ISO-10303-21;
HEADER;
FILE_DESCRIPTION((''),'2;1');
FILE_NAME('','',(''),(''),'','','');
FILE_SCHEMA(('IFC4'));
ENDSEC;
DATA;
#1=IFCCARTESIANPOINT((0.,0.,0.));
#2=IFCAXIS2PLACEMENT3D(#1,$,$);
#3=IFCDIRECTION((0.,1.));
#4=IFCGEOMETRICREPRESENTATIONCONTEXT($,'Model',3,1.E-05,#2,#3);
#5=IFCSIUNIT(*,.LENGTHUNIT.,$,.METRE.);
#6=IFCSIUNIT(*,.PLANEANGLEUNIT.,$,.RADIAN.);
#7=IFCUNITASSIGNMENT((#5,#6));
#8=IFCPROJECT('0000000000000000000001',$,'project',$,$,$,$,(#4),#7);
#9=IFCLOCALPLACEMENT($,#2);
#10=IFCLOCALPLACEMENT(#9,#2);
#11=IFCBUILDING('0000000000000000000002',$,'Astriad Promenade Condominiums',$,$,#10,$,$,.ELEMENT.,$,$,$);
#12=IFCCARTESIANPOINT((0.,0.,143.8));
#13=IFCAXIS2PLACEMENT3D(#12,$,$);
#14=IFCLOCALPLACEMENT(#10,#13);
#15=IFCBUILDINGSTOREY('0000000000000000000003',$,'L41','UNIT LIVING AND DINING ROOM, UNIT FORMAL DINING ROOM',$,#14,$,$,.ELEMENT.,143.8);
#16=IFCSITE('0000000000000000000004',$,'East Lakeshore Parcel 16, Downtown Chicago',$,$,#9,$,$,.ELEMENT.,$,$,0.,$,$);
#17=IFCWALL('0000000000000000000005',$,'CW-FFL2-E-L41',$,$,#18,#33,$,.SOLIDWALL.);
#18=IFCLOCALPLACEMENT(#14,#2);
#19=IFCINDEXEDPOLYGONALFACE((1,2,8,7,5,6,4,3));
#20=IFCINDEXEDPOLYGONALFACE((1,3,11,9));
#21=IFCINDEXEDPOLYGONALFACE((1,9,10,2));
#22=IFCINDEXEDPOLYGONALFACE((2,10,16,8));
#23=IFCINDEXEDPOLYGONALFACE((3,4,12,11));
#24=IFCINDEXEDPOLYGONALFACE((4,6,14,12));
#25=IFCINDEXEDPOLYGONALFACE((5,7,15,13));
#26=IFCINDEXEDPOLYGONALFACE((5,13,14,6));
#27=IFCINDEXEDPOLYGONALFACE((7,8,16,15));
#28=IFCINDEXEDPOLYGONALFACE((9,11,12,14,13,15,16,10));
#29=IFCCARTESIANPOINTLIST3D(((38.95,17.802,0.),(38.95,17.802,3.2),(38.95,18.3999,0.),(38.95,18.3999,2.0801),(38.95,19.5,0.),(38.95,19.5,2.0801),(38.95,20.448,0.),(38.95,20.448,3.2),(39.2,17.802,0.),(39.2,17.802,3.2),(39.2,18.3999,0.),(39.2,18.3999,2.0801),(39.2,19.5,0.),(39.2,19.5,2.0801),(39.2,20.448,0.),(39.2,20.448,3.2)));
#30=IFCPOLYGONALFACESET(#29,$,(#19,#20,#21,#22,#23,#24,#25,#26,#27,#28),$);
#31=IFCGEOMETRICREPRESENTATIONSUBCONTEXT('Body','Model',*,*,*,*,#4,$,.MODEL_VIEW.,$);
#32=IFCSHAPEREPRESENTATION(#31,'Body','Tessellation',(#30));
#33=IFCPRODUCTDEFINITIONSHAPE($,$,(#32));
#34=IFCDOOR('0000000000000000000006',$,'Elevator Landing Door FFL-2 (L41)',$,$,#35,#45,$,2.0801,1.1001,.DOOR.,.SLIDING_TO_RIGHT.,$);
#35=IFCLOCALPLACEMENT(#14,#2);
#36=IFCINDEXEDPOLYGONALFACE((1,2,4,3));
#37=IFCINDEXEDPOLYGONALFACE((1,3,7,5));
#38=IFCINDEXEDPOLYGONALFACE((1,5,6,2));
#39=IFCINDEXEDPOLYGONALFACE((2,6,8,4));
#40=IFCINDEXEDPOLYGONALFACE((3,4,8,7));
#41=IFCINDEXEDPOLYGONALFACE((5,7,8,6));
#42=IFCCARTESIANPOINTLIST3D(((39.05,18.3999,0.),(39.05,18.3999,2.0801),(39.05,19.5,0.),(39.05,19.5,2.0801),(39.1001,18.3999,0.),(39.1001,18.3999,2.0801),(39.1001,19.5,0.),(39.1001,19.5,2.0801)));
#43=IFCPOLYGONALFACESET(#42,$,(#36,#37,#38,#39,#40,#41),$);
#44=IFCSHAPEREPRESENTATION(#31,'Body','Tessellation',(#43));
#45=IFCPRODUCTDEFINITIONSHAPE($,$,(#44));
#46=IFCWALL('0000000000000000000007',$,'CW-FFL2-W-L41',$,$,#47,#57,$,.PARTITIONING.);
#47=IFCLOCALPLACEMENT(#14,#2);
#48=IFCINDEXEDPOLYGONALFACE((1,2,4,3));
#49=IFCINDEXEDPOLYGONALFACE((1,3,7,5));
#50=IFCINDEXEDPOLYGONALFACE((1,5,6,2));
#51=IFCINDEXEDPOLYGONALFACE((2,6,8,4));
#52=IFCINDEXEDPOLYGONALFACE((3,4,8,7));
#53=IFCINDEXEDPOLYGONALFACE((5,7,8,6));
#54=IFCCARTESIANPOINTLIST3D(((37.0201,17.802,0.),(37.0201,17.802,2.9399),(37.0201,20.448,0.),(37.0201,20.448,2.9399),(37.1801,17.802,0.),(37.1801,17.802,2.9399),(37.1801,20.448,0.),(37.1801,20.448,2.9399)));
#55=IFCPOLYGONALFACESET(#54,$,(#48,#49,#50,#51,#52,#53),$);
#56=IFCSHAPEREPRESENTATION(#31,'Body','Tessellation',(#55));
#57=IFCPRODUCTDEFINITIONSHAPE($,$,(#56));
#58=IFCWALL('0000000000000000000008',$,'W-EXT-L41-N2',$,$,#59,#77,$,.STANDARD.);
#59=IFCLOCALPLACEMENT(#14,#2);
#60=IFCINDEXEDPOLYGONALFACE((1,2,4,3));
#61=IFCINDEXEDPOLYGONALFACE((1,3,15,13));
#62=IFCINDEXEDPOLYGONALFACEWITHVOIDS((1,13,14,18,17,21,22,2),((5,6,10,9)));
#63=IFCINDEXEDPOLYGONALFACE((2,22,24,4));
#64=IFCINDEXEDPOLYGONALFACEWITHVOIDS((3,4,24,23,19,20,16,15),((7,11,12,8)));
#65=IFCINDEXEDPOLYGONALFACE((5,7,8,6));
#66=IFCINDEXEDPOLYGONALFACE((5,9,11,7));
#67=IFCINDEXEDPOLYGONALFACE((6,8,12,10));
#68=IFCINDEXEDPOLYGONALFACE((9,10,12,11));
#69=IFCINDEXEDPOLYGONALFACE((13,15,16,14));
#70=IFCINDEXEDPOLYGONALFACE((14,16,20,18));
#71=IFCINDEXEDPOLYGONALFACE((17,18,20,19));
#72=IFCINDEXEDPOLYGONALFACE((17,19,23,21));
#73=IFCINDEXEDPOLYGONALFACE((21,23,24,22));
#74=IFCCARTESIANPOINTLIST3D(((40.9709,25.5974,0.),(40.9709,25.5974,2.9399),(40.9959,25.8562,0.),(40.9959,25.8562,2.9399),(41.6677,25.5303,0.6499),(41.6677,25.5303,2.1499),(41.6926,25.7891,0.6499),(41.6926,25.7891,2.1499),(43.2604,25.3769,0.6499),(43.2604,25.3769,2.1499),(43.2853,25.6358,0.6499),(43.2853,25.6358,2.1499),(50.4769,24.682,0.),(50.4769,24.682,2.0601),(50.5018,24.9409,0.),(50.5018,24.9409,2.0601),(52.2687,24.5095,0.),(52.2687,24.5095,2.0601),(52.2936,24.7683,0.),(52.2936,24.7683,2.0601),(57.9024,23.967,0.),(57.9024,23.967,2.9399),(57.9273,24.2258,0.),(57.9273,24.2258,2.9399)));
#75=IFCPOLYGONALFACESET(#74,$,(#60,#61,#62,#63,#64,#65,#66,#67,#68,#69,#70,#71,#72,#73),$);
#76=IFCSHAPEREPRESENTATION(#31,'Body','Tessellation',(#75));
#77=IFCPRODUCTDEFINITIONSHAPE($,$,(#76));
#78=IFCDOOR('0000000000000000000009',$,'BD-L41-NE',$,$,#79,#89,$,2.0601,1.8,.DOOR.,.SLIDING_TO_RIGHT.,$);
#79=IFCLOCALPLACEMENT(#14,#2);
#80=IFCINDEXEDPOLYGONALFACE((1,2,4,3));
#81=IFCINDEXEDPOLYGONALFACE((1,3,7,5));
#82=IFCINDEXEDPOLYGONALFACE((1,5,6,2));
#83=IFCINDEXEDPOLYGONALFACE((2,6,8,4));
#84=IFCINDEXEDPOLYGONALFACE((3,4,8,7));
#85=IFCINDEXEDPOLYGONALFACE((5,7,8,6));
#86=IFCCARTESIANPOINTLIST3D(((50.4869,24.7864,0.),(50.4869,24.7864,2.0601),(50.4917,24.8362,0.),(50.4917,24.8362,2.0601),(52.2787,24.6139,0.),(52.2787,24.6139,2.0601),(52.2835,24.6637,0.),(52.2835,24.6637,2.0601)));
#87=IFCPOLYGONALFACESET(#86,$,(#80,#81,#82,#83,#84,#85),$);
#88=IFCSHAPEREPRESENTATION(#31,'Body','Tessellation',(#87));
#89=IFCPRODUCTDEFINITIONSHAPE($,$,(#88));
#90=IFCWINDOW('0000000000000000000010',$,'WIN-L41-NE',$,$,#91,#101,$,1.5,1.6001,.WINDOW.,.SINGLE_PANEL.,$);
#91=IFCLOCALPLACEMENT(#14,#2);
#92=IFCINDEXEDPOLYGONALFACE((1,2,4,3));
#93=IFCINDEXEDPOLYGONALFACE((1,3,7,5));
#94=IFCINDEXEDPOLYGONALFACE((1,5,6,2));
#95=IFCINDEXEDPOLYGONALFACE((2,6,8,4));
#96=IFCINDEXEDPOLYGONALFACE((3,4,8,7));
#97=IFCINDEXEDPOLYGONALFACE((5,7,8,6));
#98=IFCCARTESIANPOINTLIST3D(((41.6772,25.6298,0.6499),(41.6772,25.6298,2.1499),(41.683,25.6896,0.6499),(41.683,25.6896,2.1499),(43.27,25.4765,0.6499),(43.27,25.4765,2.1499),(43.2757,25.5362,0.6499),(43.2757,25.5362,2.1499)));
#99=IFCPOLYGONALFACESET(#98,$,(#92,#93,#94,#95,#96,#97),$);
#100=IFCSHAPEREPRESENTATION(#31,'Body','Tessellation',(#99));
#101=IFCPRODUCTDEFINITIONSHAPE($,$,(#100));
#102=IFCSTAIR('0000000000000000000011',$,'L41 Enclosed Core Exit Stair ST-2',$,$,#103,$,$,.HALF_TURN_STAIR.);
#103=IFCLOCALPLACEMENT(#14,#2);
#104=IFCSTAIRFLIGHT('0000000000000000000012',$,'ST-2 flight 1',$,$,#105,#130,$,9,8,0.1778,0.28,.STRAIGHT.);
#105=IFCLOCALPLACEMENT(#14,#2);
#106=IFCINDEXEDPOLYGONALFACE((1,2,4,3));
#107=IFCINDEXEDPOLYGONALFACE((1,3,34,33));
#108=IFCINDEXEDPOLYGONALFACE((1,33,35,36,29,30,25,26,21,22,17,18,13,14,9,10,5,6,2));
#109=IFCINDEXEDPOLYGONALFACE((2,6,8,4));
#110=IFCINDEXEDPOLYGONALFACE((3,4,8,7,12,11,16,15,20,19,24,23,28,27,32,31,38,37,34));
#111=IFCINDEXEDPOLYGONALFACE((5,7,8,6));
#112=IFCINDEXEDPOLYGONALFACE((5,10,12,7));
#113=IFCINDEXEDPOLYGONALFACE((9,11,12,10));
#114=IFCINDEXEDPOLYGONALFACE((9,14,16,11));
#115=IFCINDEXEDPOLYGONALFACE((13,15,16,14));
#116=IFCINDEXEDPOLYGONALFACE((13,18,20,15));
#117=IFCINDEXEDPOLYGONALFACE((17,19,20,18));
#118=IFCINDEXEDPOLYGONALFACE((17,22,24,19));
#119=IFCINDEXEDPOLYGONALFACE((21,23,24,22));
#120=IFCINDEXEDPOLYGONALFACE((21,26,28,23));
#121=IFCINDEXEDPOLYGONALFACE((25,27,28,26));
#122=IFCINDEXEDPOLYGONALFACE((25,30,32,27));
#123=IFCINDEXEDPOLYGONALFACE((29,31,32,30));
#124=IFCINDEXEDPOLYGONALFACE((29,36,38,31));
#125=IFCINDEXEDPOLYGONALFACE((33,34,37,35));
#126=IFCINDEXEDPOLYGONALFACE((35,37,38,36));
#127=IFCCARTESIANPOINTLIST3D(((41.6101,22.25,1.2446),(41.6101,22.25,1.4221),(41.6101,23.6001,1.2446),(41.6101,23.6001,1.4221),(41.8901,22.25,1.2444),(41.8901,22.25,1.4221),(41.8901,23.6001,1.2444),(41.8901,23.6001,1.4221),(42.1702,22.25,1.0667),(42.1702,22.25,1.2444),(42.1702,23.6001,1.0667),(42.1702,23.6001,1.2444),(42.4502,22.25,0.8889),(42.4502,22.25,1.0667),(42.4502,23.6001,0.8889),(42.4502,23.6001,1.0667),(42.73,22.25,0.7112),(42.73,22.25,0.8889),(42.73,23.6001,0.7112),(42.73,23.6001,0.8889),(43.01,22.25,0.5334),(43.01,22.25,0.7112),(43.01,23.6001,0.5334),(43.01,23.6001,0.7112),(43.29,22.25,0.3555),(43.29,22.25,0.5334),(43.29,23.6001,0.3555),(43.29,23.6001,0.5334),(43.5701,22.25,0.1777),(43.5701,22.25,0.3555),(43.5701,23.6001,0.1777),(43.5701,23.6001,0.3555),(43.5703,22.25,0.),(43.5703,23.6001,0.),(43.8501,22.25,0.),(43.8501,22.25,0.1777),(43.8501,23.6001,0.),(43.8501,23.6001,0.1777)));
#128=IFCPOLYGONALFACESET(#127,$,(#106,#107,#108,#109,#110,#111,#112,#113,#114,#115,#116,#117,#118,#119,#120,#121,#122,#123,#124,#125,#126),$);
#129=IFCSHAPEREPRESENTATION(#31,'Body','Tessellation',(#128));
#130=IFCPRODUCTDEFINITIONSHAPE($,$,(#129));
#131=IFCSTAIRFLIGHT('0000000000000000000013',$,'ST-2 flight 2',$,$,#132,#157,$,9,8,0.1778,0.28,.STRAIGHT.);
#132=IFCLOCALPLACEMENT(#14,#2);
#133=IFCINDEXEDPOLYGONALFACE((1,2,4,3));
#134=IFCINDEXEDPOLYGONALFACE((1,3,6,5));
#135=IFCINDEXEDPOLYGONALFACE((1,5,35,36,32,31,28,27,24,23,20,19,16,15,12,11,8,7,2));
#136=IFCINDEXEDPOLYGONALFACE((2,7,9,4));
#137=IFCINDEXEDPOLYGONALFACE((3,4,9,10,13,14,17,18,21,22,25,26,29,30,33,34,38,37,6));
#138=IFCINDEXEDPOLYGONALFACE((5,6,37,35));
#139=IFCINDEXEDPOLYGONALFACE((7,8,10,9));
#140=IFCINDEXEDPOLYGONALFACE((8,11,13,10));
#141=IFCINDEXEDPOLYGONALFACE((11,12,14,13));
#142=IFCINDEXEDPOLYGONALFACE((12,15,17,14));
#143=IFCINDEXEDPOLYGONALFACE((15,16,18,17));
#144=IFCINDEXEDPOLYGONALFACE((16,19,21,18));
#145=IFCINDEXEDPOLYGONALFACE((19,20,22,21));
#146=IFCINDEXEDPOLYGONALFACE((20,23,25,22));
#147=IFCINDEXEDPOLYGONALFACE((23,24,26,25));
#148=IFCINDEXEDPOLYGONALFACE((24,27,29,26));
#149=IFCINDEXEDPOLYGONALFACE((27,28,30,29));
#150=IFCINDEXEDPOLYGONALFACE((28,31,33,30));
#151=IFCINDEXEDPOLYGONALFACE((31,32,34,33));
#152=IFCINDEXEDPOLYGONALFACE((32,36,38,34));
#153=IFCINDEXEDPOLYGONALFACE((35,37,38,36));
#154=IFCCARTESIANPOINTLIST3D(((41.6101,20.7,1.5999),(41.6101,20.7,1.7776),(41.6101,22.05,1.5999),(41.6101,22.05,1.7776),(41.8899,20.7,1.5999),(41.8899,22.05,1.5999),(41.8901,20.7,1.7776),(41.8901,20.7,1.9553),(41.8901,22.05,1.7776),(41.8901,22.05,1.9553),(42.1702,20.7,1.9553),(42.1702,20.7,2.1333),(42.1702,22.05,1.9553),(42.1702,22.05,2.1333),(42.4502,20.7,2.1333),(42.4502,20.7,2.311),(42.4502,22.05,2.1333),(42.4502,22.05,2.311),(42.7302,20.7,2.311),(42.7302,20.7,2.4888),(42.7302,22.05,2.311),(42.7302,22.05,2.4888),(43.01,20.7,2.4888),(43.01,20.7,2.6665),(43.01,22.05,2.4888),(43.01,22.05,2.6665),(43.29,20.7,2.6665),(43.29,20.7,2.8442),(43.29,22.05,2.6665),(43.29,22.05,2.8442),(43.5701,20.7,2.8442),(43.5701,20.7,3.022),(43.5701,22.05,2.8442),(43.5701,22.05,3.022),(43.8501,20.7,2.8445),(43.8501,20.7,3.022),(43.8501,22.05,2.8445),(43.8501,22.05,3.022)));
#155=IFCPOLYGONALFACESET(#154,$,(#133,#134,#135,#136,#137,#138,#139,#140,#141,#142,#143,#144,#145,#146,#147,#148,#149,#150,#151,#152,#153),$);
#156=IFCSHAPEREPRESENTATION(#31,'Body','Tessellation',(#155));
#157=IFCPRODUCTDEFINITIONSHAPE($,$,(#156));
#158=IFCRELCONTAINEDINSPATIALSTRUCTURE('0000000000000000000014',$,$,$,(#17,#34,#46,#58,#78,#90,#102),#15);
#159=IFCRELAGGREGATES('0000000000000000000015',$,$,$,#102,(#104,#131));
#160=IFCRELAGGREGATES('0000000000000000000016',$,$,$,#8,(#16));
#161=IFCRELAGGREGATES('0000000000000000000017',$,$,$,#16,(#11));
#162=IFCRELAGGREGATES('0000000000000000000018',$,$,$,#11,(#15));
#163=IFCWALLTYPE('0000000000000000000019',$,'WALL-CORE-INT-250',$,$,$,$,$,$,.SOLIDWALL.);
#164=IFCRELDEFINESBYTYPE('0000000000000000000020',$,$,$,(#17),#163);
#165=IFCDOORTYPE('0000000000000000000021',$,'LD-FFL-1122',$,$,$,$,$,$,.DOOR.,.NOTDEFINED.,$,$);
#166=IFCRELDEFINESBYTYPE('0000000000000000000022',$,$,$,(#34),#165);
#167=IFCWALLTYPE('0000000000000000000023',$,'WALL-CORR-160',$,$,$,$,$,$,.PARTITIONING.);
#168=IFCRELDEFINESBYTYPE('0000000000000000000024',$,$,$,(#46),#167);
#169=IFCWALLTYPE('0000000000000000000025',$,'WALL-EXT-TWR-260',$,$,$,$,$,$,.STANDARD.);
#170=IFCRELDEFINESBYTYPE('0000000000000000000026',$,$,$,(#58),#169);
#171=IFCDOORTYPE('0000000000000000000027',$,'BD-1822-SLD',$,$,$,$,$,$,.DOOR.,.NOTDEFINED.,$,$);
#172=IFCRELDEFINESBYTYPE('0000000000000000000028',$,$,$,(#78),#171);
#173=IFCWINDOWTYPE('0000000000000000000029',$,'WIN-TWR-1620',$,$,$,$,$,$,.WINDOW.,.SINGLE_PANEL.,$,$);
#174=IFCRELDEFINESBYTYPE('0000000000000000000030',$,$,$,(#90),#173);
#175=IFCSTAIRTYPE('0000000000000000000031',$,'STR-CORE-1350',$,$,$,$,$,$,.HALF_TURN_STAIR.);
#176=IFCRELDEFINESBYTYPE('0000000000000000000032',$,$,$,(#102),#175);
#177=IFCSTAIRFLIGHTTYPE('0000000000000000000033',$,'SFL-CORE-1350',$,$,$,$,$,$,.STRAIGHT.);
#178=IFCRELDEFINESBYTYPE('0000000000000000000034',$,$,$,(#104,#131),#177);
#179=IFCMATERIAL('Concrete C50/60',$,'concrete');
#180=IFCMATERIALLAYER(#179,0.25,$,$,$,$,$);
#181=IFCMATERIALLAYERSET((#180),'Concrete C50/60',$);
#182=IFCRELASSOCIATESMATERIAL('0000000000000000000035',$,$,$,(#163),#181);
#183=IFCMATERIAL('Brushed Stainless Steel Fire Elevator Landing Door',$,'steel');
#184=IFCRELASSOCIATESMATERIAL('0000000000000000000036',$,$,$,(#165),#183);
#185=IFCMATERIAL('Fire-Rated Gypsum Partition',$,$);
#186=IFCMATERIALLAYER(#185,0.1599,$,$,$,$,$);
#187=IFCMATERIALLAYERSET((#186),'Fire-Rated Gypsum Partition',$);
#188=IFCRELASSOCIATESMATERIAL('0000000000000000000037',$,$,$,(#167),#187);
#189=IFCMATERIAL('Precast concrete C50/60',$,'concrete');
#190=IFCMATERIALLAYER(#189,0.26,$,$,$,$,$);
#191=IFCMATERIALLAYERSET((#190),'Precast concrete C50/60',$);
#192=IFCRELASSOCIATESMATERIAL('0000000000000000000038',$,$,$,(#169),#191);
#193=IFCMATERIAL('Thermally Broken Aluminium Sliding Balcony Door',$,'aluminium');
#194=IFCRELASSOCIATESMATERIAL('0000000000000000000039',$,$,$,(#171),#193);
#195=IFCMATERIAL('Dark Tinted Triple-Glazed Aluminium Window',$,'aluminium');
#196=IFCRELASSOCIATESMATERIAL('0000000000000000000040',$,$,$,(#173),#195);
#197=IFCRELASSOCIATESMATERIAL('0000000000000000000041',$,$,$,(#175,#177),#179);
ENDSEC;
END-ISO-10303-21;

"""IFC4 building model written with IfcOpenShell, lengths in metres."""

from ifc_helpers import new_model, si_unit, direction, frame, frame_2d, origin, place, context, subcontext, project, spatial, polyline, rectangle, outline, extrude, source, transform, mapped, material, layer, layer_set, type_object, type_shapes, element, fill, aggregate, save


model = new_model("IFC4")

# Units and contexts
model_context = context("Model", 3, precision=1e-05, world=origin(), true_north=direction((0.0, 1.0)))
body_context = subcontext(model_context, "Body", "Model", "MODEL_VIEW")
ifc_project = project(units=[si_unit("LENGTHUNIT", "METRE"), si_unit("PLANEANGLEUNIT", "RADIAN")], contexts=[model_context])

# Site, building, storey
site_placement = place(None, origin())
site = spatial("IfcSite", under=ifc_project, at=site_placement, Name="East Lakeshore Parcel 16, Downtown Chicago", CompositionType="ELEMENT", RefElevation=0.0)
building_placement = place(site_placement, origin())
building = spatial("IfcBuilding", under=site, at=building_placement, Name="Astriad Promenade Condominiums", CompositionType="ELEMENT")
storey_placement = place(building_placement, frame((0.0, 0.0, 143.8)))
storey = spatial("IfcBuildingStorey", under=building, at=storey_placement, Name="L41", Description="UNIT LIVING AND DINING ROOM, UNIT FORMAL DINING ROOM", CompositionType="ELEMENT", Elevation=143.8)

# Shared definitions
ifc_material_1 = material(Name="Concrete C50/60", Category="concrete")
ifc_layer_1 = layer(ifc_material_1, 0.25)
ifc_layer_set_1 = layer_set([ifc_layer_1], Name="Concrete C50/60")
wall_type_1 = type_object("IfcWallType", Name="WALL-CORE-INT-250", PredefinedType="SOLIDWALL", material=ifc_layer_set_1)

# Wall, opening, door
wall_1_placement = place(storey_placement, frame((39.075, 17.802, 0.0), z_axis=(0.0, 0.0, 1.0), x_axis=(0.0, 1.0, 0.0)))
wall_1 = element("IfcWall", 1, at=wall_1_placement, inside=storey, type_object=wall_type_1, Name="CW-FFL2-E-L41", PredefinedType="SOLIDWALL", context=body_context, shape_type="SweptSolid", body=[
    extrude(rectangle(XDim=2.646, YDim=0.25, at=frame_2d((1.323, 0.0))), origin(), (0.0, 0.0, 1.0), 3.2),
])
opening_1_placement = place(wall_1_placement, frame((0.5979, 0.0, 0.0)))
opening_1 = element("IfcOpeningElement", 2, at=opening_1_placement, cuts=wall_1, PredefinedType="OPENING", context=body_context, shape_type="SweptSolid", body=[
    extrude(rectangle(XDim=1.1001, YDim=2.0801, at=frame_2d((0.55, 1.04))), frame((0.0, 0.135, 0.0), z_axis=(0.0, -1.0, 0.0), x_axis=(1.0, 0.0, 0.0)), (0.0, 0.0, 1.0), 0.27),
])
ifc_material_2 = material(Name="Brushed Stainless Steel Fire Elevator Landing Door", Category="steel")
door_type_1 = type_object("IfcDoorType", Name="LD-FFL-1122", OperationType="NOTDEFINED", PredefinedType="DOOR", material=ifc_material_2)
shared_shape_1 = source(origin(), body_context, "Body", "SweptSolid", [
    extrude(rectangle(XDim=1.1001, YDim=2.0801, at=frame_2d((0.55, 1.04))), frame((0.0, 0.0249, 0.0), z_axis=(0.0, -1.0, 0.0), x_axis=(1.0, 0.0, 0.0)), (0.0, 0.0, 1.0), 0.05),
])
type_shapes(door_type_1, [shared_shape_1])
door_1_placement = place(opening_1_placement, origin())
door_1 = element("IfcDoor", 3, at=door_1_placement, inside=storey, type_object=door_type_1, Name="Elevator Landing Door FFL-2 (L41)", OperationType="SLIDING_TO_RIGHT", OverallHeight=2.0801, OverallWidth=1.1001, PredefinedType="DOOR", context=body_context, shape_type="MappedRepresentation", body=[
    mapped(shared_shape_1, transform((0.0, 0.0, 0.0), scale=1.0)),
])
fill(opening_1, door_1)

# Wall
ifc_material_3 = material(Name="Fire-Rated Gypsum Partition")
ifc_layer_2 = layer(ifc_material_3, 0.1599)
ifc_layer_set_2 = layer_set([ifc_layer_2], Name="Fire-Rated Gypsum Partition")
wall_type_2 = type_object("IfcWallType", Name="WALL-CORR-160", PredefinedType="PARTITIONING", material=ifc_layer_set_2)
wall_2_placement = place(storey_placement, frame((37.1001, 17.802, 0.0), z_axis=(0.0, 0.0, 1.0), x_axis=(0.0, 1.0, 0.0)))
element("IfcWall", 4, at=wall_2_placement, inside=storey, type_object=wall_type_2, Name="CW-FFL2-W-L41", PredefinedType="PARTITIONING", context=body_context, shape_type="SweptSolid", body=[
    extrude(rectangle(XDim=2.646, YDim=0.1599, at=frame_2d((1.323, 0.0))), origin(), (0.0, 0.0, 1.0), 2.9399),
])

# Wall, openings, door, window
ifc_material_4 = material(Name="Precast concrete C50/60", Category="concrete")
ifc_layer_3 = layer(ifc_material_4, 0.26)
ifc_layer_set_3 = layer_set([ifc_layer_3], Name="Precast concrete C50/60")
wall_type_3 = type_object("IfcWallType", Name="WALL-EXT-TWR-260", PredefinedType="STANDARD", material=ifc_layer_set_3)
wall_3_placement = place(storey_placement, frame((40.9834, 25.7268, 0.0), z_axis=(0.0, 0.0, 1.0), x_axis=(0.995396, -0.095849, 0.0)))
wall_3 = element("IfcWall", 5, at=wall_3_placement, inside=storey, type_object=wall_type_3, Name="W-EXT-L41-N2", PredefinedType="STANDARD", context=body_context, shape_type="SweptSolid", body=[
    extrude(rectangle(XDim=17.0098, YDim=0.26, at=frame_2d((8.5049, 0.0))), origin(), (0.0, 0.0, 1.0), 2.9399),
])
opening_2_placement = place(wall_3_placement, frame((9.55, 0.0, 0.0)))
opening_2 = element("IfcOpeningElement", 6, at=opening_2_placement, cuts=wall_3, PredefinedType="OPENING", context=body_context, shape_type="SweptSolid", body=[
    extrude(rectangle(XDim=1.8, YDim=2.0601, at=frame_2d((0.8999, 1.03))), frame((0.0, 0.1399, 0.0), z_axis=(0.0, -1.0, 0.0), x_axis=(1.0, 0.0, 0.0)), (0.0, 0.0, 1.0), 0.28),
])
opening_3_placement = place(wall_3_placement, frame((0.7, 0.0, 0.6499)))
opening_3 = element("IfcOpeningElement", 7, at=opening_3_placement, cuts=wall_3, PredefinedType="OPENING", context=body_context, shape_type="SweptSolid", body=[
    extrude(rectangle(XDim=1.6001, YDim=1.5, at=frame_2d((0.8, 0.75))), frame((0.0, 0.1399, 0.0), z_axis=(0.0, -1.0, 0.0), x_axis=(1.0, 0.0, 0.0)), (0.0, 0.0, 1.0), 0.28),
])
ifc_material_5 = material(Name="Thermally Broken Aluminium Sliding Balcony Door", Category="aluminium")
door_type_2 = type_object("IfcDoorType", Name="BD-1822-SLD", OperationType="NOTDEFINED", PredefinedType="DOOR", material=ifc_material_5)
shared_shape_2 = source(origin(), body_context, "Body", "SweptSolid", [
    extrude(rectangle(XDim=1.8, YDim=2.0601, at=frame_2d((0.8999, 1.03))), frame((0.0, 0.0249, 0.0), z_axis=(0.0, -1.0, 0.0), x_axis=(1.0, 0.0, 0.0)), (0.0, 0.0, 1.0), 0.05),
])
type_shapes(door_type_2, [shared_shape_2])
door_2_placement = place(opening_2_placement, origin())
door_2 = element("IfcDoor", 8, at=door_2_placement, inside=storey, type_object=door_type_2, Name="BD-L41-NE", OperationType="SLIDING_TO_RIGHT", OverallHeight=2.0601, OverallWidth=1.8, PredefinedType="DOOR", context=body_context, shape_type="MappedRepresentation", body=[
    mapped(shared_shape_2, transform((0.0, 0.0, 0.0), scale=1.0)),
])
fill(opening_2, door_2)
ifc_material_6 = material(Name="Dark Tinted Triple-Glazed Aluminium Window", Category="aluminium")
window_type = type_object("IfcWindowType", Name="WIN-TWR-1620", PartitioningType="SINGLE_PANEL", PredefinedType="WINDOW", material=ifc_material_6)
shared_shape_3 = source(origin(), body_context, "Body", "SweptSolid", [
    extrude(rectangle(XDim=1.6001, YDim=1.5, at=frame_2d((0.8, 0.75))), frame((0.0, 0.03, 0.0), z_axis=(0.0, -1.0, 0.0), x_axis=(1.0, 0.0, 0.0)), (0.0, 0.0, 1.0), 0.0601),
])
type_shapes(window_type, [shared_shape_3])
window_placement = place(opening_3_placement, origin())
window = element("IfcWindow", 9, at=window_placement, inside=storey, type_object=window_type, Name="WIN-L41-NE", OverallHeight=1.5, OverallWidth=1.6001, PartitioningType="SINGLE_PANEL", PredefinedType="WINDOW", context=body_context, shape_type="MappedRepresentation", body=[
    mapped(shared_shape_3, transform((0.0, 0.0, 0.0), scale=1.0)),
])
fill(opening_3, window)

# Stair, stair flights
stair_type = type_object("IfcStairType", Name="STR-CORE-1350", PredefinedType="HALF_TURN_STAIR", material=ifc_material_1)
stair_placement = place(storey_placement, origin())
stair = element("IfcStair", 10, at=stair_placement, inside=storey, type_object=stair_type, Name="L41 Enclosed Core Exit Stair ST-2", PredefinedType="HALF_TURN_STAIR")
stair_flight_type = type_object("IfcStairFlightType", Name="SFL-CORE-1350", PredefinedType="STRAIGHT", material=ifc_material_1)
shared_shape_4 = source(origin(), body_context, "Body", "SweptSolid", [
    extrude(outline(polyline([(0.0, 0.0), (0.0, 0.1777), (0.28, 0.1777), (0.28, 0.3555), (0.5601, 0.3555), (0.5601, 0.5334), (0.8401, 0.5334), (0.8401, 0.7112), (1.1201, 0.7112), (1.1201, 0.8889), (1.3999, 0.8889), (1.3999, 1.0667), (1.6799, 1.0667), (1.6799, 1.2444), (1.96, 1.2444), (1.96, 1.4221), (2.24, 1.4221), (2.24, 1.6001), (2.24, 1.2446), (0.2798, 0.0), (0.0, 0.0)])), frame((0.0, 0.675, 0.0), z_axis=(0.0, -1.0, 0.0), x_axis=(1.0, 0.0, 0.0)), (0.0, 0.0, 1.0), 1.3501),
])
type_shapes(stair_flight_type, [shared_shape_4])
stair_flight_1_placement = place(storey_placement, frame((43.8501, 22.925, 0.0), z_axis=(0.0, 0.0, 1.0), x_axis=(-1.0, 0.0, 0.0)))
stair_flight_1 = element("IfcStairFlight", 11, at=stair_flight_1_placement, type_object=stair_flight_type, Name="ST-2 flight 1", NumberOfRisers=9, NumberOfTreads=8, PredefinedType="STRAIGHT", RiserHeight=0.1778, TreadLength=0.28, context=body_context, shape_type="MappedRepresentation", body=[
    mapped(shared_shape_4, transform((0.0, 0.0, 0.0), scale=1.0)),
])
stair_flight_2_placement = place(storey_placement, frame((41.6101, 21.375, 1.5999), z_axis=(0.0, 0.0, 1.0), x_axis=(1.0, 0.0, 0.0)))
stair_flight_2 = element("IfcStairFlight", 12, at=stair_flight_2_placement, type_object=stair_flight_type, Name="ST-2 flight 2", NumberOfRisers=9, NumberOfTreads=8, PredefinedType="STRAIGHT", RiserHeight=0.1778, TreadLength=0.28, context=body_context, shape_type="MappedRepresentation", body=[
    mapped(shared_shape_4, transform((0.0, 0.0, 0.0), scale=1.0)),
])
aggregate(stair, [stair_flight_1, stair_flight_2])

save(model, "model.ifc")
